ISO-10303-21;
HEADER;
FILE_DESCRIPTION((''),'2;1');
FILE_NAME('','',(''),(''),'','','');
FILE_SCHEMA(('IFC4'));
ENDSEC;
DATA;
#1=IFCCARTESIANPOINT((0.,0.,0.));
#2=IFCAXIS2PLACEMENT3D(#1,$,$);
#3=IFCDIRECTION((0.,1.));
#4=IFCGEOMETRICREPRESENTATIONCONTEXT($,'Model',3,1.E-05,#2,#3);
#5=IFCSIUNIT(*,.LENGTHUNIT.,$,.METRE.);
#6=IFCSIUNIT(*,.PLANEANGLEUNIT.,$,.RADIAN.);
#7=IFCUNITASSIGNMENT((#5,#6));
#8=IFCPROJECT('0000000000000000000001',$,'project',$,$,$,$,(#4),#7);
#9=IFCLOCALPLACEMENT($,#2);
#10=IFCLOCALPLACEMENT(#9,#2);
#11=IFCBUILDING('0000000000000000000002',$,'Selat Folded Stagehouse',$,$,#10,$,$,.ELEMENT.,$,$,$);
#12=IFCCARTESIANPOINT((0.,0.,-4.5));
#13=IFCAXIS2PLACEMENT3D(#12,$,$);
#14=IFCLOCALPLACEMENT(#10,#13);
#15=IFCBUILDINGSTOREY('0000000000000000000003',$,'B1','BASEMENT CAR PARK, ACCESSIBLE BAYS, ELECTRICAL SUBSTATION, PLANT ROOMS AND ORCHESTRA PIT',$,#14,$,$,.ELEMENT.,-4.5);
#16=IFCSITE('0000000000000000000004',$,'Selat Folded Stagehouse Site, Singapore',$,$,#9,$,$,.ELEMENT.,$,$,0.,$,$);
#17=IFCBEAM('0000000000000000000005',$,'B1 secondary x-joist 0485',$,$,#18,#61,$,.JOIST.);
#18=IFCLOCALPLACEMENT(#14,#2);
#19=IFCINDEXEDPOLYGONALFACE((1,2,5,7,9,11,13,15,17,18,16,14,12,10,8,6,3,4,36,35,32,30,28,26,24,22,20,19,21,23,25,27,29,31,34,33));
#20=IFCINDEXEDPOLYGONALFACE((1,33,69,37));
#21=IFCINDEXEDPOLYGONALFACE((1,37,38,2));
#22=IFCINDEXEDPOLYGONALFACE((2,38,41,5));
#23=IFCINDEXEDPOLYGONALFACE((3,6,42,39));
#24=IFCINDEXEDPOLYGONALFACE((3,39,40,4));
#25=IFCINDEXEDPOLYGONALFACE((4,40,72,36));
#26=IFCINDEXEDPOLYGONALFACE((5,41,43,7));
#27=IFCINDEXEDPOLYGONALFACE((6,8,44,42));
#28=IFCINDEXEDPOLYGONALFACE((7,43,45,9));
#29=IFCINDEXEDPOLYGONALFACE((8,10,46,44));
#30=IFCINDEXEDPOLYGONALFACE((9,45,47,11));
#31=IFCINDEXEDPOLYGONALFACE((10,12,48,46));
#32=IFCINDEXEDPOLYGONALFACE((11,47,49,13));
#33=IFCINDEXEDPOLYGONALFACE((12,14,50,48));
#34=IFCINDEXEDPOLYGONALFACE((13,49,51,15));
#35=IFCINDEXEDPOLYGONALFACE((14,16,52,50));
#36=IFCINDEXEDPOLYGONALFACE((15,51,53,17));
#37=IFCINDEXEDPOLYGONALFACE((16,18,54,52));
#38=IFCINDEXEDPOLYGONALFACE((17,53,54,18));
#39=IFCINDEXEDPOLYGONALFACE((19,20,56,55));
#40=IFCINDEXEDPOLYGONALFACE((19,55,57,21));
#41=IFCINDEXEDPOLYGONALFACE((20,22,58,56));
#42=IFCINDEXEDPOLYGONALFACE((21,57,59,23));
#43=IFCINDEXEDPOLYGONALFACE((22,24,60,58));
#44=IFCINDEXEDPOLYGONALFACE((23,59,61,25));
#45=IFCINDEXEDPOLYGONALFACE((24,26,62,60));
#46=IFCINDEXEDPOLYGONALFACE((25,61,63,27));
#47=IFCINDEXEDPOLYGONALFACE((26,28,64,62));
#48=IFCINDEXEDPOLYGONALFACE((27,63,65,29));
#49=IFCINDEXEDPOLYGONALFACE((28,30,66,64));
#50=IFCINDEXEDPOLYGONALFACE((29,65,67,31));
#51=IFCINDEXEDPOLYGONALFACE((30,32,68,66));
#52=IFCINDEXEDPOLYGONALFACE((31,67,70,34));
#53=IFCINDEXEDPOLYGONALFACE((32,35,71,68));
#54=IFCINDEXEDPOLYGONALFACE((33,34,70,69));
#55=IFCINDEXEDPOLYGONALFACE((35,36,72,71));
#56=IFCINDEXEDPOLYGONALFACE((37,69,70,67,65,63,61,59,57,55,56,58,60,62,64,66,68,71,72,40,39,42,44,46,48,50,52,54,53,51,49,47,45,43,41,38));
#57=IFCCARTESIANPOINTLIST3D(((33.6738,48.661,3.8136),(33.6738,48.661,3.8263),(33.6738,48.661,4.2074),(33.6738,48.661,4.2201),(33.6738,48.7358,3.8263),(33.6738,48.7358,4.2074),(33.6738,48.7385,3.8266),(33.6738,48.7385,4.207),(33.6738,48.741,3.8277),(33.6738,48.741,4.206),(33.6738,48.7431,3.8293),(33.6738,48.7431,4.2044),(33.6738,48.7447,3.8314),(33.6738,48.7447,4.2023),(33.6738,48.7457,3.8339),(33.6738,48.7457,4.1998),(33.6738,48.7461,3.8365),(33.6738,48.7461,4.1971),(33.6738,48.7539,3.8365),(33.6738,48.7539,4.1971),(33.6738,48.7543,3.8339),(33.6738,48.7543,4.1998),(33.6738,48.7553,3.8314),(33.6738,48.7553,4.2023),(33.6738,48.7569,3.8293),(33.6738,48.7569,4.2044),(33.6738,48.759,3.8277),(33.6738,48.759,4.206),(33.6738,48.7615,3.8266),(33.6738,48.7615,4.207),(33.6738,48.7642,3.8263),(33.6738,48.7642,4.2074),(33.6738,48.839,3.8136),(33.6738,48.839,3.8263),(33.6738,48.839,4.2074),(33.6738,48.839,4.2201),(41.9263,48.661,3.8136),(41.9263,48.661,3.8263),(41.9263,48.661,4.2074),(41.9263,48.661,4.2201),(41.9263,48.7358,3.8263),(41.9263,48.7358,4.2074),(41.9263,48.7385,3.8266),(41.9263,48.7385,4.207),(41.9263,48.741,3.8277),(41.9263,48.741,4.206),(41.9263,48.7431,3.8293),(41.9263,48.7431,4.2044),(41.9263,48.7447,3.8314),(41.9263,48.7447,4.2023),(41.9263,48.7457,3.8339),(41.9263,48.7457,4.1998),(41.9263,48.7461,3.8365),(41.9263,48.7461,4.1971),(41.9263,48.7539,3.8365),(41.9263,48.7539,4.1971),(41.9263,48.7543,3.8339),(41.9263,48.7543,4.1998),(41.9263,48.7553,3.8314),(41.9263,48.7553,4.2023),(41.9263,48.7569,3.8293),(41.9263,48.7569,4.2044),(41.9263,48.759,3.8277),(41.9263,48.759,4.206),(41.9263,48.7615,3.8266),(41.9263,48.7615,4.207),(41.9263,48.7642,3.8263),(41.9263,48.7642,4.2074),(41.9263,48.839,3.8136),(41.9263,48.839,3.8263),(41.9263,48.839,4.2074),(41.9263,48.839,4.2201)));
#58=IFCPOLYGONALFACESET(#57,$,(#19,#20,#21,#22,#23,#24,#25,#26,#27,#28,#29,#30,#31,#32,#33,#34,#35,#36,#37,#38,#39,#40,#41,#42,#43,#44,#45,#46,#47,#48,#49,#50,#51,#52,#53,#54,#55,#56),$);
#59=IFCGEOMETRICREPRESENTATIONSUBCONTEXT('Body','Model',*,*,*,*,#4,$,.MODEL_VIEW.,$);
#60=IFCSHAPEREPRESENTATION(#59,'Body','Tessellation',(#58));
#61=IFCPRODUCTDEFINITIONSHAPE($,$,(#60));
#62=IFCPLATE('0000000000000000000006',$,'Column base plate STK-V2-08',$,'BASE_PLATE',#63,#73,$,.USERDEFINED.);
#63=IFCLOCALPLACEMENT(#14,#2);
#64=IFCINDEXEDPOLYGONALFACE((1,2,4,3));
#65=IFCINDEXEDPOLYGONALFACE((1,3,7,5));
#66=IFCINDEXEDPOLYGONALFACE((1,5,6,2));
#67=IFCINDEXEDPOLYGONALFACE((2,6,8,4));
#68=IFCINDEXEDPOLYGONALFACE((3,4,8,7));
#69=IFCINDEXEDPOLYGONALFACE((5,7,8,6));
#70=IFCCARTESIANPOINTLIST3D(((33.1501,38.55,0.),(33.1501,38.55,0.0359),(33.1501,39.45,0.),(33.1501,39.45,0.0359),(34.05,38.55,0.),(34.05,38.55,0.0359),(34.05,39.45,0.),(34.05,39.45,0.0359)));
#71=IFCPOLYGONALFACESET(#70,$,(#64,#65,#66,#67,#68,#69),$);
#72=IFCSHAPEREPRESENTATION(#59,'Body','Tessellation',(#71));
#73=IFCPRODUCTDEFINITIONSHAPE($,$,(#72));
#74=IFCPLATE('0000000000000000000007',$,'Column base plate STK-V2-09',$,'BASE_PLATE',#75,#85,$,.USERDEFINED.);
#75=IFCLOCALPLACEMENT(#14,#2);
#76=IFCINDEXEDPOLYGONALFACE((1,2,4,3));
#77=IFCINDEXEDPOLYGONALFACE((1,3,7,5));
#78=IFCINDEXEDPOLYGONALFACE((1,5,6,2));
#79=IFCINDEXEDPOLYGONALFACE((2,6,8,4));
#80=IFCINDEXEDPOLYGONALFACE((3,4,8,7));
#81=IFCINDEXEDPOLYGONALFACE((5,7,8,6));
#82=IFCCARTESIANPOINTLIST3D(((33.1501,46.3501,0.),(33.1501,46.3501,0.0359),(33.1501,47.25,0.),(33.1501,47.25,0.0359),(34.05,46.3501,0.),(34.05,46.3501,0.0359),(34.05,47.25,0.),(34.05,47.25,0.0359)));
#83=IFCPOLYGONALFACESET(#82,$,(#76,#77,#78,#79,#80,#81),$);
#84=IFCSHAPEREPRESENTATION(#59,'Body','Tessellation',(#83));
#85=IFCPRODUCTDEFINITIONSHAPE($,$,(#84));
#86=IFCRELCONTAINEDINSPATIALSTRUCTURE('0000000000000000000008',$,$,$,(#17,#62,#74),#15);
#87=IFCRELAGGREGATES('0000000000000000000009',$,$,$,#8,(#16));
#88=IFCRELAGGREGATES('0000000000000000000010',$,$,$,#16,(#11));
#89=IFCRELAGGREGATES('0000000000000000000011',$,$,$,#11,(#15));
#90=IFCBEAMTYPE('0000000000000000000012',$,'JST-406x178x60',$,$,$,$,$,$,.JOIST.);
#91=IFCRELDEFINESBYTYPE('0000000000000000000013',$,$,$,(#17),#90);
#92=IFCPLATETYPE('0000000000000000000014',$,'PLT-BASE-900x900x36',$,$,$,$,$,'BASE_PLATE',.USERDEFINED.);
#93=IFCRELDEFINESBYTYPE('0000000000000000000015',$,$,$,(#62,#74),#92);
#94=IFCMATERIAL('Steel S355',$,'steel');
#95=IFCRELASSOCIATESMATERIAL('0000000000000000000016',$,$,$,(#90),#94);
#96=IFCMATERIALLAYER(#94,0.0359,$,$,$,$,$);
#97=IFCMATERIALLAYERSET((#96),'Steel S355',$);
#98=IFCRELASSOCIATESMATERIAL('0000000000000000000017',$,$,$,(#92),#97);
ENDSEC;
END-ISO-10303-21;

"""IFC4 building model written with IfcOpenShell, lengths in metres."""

from ifc_helpers import new_model, si_unit, direction, frame, origin, origin_2d, place, context, subcontext, project, spatial, rectangle, i_section, extrude, material, layer, layer_set, material_profile, profile_set, type_object, element, save


model = new_model("IFC4")

# Units and contexts
model_context = context("Model", 3, precision=1e-05, world=origin(), true_north=direction((0.0, 1.0)))
body_context = subcontext(model_context, "Body", "Model", "MODEL_VIEW")
ifc_project = project(units=[si_unit("LENGTHUNIT", "METRE"), si_unit("PLANEANGLEUNIT", "RADIAN")], contexts=[model_context])

# Site, building, storey
site_placement = place(None, origin())
site = spatial("IfcSite", under=ifc_project, at=site_placement, Name="Selat Folded Stagehouse Site, Singapore", CompositionType="ELEMENT", RefElevation=0.0)
building_placement = place(site_placement, origin())
building = spatial("IfcBuilding", under=site, at=building_placement, Name="Selat Folded Stagehouse", CompositionType="ELEMENT")
storey_placement = place(building_placement, frame((0.0, 0.0, -4.5)))
storey = spatial("IfcBuildingStorey", under=building, at=storey_placement, Name="B1", Description="BASEMENT CAR PARK, ACCESSIBLE BAYS, ELECTRICAL SUBSTATION, PLANT ROOMS AND ORCHESTRA PIT", CompositionType="ELEMENT", Elevation=-4.5)

# Shared definitions
ifc_material_1 = material(Name="Steel S355", Category="steel")

# Beam
ifc_material_profile_1 = material_profile(ifc_material_1, i_section(OverallWidth=0.178, OverallDepth=0.4065, WebThickness=0.0078, FlangeThickness=0.0127, FilletRadius=0.0103, at=origin_2d()), Name="UKB 406x178x60")
ifc_profile_set_1 = profile_set([ifc_material_profile_1], Name="Steel S355")
beam_type_1 = type_object("IfcBeamType", Name="JST-406x178x60", PredefinedType="JOIST", material=ifc_profile_set_1)
for number, where, z_axis, x_axis, name in (
    (1, (33.6738, 48.75, 4.0168), (1.0, 0.0, 0.0), (0.0, 1.0, 0.0), "B1 secondary x-joist 0485"),
):
    element("IfcBeam", number, at=place(storey_placement, frame(where, z_axis=z_axis, x_axis=x_axis)), inside=storey, type_object=beam_type_1, Name=name, PredefinedType="JOIST", context=body_context, shape_type="SweptSolid", body=[
        extrude(i_section(OverallWidth=0.178, OverallDepth=0.4065, WebThickness=0.0078, FlangeThickness=0.0127, FilletRadius=0.0103, at=origin_2d()), origin(), (0.0, 0.0, 1.0), 8.2524),
    ])

# Plates
ifc_layer = layer(ifc_material_1, 0.0359)
ifc_layer_set = layer_set([ifc_layer], Name="Steel S355")
plate_type = type_object("IfcPlateType", Name="PLT-BASE-900x900x36", ElementType="BASE_PLATE", PredefinedType="USERDEFINED", material=ifc_layer_set)
for number, where, z_axis, x_axis, name in (
    (2, (33.6001, 39.0, 0.0), (0.0, 0.0, 1.0), (1.0, 0.0, 0.0), "Column base plate STK-V2-08"),
    (3, (33.6001, 46.8, 0.0), (0.0, 0.0, 1.0), (1.0, 0.0, 0.0), "Column base plate STK-V2-09"),
):
    element("IfcPlate", number, at=place(storey_placement, frame(where, z_axis=z_axis, x_axis=x_axis)), inside=storey, type_object=plate_type, Name=name, ObjectType="BASE_PLATE", PredefinedType="USERDEFINED", context=body_context, shape_type="SweptSolid", body=[
        extrude(rectangle(XDim=0.8999, YDim=0.8999, at=origin_2d()), origin(), (0.0, 0.0, 1.0), 0.0359),
    ])

save(model, "model.ifc")
